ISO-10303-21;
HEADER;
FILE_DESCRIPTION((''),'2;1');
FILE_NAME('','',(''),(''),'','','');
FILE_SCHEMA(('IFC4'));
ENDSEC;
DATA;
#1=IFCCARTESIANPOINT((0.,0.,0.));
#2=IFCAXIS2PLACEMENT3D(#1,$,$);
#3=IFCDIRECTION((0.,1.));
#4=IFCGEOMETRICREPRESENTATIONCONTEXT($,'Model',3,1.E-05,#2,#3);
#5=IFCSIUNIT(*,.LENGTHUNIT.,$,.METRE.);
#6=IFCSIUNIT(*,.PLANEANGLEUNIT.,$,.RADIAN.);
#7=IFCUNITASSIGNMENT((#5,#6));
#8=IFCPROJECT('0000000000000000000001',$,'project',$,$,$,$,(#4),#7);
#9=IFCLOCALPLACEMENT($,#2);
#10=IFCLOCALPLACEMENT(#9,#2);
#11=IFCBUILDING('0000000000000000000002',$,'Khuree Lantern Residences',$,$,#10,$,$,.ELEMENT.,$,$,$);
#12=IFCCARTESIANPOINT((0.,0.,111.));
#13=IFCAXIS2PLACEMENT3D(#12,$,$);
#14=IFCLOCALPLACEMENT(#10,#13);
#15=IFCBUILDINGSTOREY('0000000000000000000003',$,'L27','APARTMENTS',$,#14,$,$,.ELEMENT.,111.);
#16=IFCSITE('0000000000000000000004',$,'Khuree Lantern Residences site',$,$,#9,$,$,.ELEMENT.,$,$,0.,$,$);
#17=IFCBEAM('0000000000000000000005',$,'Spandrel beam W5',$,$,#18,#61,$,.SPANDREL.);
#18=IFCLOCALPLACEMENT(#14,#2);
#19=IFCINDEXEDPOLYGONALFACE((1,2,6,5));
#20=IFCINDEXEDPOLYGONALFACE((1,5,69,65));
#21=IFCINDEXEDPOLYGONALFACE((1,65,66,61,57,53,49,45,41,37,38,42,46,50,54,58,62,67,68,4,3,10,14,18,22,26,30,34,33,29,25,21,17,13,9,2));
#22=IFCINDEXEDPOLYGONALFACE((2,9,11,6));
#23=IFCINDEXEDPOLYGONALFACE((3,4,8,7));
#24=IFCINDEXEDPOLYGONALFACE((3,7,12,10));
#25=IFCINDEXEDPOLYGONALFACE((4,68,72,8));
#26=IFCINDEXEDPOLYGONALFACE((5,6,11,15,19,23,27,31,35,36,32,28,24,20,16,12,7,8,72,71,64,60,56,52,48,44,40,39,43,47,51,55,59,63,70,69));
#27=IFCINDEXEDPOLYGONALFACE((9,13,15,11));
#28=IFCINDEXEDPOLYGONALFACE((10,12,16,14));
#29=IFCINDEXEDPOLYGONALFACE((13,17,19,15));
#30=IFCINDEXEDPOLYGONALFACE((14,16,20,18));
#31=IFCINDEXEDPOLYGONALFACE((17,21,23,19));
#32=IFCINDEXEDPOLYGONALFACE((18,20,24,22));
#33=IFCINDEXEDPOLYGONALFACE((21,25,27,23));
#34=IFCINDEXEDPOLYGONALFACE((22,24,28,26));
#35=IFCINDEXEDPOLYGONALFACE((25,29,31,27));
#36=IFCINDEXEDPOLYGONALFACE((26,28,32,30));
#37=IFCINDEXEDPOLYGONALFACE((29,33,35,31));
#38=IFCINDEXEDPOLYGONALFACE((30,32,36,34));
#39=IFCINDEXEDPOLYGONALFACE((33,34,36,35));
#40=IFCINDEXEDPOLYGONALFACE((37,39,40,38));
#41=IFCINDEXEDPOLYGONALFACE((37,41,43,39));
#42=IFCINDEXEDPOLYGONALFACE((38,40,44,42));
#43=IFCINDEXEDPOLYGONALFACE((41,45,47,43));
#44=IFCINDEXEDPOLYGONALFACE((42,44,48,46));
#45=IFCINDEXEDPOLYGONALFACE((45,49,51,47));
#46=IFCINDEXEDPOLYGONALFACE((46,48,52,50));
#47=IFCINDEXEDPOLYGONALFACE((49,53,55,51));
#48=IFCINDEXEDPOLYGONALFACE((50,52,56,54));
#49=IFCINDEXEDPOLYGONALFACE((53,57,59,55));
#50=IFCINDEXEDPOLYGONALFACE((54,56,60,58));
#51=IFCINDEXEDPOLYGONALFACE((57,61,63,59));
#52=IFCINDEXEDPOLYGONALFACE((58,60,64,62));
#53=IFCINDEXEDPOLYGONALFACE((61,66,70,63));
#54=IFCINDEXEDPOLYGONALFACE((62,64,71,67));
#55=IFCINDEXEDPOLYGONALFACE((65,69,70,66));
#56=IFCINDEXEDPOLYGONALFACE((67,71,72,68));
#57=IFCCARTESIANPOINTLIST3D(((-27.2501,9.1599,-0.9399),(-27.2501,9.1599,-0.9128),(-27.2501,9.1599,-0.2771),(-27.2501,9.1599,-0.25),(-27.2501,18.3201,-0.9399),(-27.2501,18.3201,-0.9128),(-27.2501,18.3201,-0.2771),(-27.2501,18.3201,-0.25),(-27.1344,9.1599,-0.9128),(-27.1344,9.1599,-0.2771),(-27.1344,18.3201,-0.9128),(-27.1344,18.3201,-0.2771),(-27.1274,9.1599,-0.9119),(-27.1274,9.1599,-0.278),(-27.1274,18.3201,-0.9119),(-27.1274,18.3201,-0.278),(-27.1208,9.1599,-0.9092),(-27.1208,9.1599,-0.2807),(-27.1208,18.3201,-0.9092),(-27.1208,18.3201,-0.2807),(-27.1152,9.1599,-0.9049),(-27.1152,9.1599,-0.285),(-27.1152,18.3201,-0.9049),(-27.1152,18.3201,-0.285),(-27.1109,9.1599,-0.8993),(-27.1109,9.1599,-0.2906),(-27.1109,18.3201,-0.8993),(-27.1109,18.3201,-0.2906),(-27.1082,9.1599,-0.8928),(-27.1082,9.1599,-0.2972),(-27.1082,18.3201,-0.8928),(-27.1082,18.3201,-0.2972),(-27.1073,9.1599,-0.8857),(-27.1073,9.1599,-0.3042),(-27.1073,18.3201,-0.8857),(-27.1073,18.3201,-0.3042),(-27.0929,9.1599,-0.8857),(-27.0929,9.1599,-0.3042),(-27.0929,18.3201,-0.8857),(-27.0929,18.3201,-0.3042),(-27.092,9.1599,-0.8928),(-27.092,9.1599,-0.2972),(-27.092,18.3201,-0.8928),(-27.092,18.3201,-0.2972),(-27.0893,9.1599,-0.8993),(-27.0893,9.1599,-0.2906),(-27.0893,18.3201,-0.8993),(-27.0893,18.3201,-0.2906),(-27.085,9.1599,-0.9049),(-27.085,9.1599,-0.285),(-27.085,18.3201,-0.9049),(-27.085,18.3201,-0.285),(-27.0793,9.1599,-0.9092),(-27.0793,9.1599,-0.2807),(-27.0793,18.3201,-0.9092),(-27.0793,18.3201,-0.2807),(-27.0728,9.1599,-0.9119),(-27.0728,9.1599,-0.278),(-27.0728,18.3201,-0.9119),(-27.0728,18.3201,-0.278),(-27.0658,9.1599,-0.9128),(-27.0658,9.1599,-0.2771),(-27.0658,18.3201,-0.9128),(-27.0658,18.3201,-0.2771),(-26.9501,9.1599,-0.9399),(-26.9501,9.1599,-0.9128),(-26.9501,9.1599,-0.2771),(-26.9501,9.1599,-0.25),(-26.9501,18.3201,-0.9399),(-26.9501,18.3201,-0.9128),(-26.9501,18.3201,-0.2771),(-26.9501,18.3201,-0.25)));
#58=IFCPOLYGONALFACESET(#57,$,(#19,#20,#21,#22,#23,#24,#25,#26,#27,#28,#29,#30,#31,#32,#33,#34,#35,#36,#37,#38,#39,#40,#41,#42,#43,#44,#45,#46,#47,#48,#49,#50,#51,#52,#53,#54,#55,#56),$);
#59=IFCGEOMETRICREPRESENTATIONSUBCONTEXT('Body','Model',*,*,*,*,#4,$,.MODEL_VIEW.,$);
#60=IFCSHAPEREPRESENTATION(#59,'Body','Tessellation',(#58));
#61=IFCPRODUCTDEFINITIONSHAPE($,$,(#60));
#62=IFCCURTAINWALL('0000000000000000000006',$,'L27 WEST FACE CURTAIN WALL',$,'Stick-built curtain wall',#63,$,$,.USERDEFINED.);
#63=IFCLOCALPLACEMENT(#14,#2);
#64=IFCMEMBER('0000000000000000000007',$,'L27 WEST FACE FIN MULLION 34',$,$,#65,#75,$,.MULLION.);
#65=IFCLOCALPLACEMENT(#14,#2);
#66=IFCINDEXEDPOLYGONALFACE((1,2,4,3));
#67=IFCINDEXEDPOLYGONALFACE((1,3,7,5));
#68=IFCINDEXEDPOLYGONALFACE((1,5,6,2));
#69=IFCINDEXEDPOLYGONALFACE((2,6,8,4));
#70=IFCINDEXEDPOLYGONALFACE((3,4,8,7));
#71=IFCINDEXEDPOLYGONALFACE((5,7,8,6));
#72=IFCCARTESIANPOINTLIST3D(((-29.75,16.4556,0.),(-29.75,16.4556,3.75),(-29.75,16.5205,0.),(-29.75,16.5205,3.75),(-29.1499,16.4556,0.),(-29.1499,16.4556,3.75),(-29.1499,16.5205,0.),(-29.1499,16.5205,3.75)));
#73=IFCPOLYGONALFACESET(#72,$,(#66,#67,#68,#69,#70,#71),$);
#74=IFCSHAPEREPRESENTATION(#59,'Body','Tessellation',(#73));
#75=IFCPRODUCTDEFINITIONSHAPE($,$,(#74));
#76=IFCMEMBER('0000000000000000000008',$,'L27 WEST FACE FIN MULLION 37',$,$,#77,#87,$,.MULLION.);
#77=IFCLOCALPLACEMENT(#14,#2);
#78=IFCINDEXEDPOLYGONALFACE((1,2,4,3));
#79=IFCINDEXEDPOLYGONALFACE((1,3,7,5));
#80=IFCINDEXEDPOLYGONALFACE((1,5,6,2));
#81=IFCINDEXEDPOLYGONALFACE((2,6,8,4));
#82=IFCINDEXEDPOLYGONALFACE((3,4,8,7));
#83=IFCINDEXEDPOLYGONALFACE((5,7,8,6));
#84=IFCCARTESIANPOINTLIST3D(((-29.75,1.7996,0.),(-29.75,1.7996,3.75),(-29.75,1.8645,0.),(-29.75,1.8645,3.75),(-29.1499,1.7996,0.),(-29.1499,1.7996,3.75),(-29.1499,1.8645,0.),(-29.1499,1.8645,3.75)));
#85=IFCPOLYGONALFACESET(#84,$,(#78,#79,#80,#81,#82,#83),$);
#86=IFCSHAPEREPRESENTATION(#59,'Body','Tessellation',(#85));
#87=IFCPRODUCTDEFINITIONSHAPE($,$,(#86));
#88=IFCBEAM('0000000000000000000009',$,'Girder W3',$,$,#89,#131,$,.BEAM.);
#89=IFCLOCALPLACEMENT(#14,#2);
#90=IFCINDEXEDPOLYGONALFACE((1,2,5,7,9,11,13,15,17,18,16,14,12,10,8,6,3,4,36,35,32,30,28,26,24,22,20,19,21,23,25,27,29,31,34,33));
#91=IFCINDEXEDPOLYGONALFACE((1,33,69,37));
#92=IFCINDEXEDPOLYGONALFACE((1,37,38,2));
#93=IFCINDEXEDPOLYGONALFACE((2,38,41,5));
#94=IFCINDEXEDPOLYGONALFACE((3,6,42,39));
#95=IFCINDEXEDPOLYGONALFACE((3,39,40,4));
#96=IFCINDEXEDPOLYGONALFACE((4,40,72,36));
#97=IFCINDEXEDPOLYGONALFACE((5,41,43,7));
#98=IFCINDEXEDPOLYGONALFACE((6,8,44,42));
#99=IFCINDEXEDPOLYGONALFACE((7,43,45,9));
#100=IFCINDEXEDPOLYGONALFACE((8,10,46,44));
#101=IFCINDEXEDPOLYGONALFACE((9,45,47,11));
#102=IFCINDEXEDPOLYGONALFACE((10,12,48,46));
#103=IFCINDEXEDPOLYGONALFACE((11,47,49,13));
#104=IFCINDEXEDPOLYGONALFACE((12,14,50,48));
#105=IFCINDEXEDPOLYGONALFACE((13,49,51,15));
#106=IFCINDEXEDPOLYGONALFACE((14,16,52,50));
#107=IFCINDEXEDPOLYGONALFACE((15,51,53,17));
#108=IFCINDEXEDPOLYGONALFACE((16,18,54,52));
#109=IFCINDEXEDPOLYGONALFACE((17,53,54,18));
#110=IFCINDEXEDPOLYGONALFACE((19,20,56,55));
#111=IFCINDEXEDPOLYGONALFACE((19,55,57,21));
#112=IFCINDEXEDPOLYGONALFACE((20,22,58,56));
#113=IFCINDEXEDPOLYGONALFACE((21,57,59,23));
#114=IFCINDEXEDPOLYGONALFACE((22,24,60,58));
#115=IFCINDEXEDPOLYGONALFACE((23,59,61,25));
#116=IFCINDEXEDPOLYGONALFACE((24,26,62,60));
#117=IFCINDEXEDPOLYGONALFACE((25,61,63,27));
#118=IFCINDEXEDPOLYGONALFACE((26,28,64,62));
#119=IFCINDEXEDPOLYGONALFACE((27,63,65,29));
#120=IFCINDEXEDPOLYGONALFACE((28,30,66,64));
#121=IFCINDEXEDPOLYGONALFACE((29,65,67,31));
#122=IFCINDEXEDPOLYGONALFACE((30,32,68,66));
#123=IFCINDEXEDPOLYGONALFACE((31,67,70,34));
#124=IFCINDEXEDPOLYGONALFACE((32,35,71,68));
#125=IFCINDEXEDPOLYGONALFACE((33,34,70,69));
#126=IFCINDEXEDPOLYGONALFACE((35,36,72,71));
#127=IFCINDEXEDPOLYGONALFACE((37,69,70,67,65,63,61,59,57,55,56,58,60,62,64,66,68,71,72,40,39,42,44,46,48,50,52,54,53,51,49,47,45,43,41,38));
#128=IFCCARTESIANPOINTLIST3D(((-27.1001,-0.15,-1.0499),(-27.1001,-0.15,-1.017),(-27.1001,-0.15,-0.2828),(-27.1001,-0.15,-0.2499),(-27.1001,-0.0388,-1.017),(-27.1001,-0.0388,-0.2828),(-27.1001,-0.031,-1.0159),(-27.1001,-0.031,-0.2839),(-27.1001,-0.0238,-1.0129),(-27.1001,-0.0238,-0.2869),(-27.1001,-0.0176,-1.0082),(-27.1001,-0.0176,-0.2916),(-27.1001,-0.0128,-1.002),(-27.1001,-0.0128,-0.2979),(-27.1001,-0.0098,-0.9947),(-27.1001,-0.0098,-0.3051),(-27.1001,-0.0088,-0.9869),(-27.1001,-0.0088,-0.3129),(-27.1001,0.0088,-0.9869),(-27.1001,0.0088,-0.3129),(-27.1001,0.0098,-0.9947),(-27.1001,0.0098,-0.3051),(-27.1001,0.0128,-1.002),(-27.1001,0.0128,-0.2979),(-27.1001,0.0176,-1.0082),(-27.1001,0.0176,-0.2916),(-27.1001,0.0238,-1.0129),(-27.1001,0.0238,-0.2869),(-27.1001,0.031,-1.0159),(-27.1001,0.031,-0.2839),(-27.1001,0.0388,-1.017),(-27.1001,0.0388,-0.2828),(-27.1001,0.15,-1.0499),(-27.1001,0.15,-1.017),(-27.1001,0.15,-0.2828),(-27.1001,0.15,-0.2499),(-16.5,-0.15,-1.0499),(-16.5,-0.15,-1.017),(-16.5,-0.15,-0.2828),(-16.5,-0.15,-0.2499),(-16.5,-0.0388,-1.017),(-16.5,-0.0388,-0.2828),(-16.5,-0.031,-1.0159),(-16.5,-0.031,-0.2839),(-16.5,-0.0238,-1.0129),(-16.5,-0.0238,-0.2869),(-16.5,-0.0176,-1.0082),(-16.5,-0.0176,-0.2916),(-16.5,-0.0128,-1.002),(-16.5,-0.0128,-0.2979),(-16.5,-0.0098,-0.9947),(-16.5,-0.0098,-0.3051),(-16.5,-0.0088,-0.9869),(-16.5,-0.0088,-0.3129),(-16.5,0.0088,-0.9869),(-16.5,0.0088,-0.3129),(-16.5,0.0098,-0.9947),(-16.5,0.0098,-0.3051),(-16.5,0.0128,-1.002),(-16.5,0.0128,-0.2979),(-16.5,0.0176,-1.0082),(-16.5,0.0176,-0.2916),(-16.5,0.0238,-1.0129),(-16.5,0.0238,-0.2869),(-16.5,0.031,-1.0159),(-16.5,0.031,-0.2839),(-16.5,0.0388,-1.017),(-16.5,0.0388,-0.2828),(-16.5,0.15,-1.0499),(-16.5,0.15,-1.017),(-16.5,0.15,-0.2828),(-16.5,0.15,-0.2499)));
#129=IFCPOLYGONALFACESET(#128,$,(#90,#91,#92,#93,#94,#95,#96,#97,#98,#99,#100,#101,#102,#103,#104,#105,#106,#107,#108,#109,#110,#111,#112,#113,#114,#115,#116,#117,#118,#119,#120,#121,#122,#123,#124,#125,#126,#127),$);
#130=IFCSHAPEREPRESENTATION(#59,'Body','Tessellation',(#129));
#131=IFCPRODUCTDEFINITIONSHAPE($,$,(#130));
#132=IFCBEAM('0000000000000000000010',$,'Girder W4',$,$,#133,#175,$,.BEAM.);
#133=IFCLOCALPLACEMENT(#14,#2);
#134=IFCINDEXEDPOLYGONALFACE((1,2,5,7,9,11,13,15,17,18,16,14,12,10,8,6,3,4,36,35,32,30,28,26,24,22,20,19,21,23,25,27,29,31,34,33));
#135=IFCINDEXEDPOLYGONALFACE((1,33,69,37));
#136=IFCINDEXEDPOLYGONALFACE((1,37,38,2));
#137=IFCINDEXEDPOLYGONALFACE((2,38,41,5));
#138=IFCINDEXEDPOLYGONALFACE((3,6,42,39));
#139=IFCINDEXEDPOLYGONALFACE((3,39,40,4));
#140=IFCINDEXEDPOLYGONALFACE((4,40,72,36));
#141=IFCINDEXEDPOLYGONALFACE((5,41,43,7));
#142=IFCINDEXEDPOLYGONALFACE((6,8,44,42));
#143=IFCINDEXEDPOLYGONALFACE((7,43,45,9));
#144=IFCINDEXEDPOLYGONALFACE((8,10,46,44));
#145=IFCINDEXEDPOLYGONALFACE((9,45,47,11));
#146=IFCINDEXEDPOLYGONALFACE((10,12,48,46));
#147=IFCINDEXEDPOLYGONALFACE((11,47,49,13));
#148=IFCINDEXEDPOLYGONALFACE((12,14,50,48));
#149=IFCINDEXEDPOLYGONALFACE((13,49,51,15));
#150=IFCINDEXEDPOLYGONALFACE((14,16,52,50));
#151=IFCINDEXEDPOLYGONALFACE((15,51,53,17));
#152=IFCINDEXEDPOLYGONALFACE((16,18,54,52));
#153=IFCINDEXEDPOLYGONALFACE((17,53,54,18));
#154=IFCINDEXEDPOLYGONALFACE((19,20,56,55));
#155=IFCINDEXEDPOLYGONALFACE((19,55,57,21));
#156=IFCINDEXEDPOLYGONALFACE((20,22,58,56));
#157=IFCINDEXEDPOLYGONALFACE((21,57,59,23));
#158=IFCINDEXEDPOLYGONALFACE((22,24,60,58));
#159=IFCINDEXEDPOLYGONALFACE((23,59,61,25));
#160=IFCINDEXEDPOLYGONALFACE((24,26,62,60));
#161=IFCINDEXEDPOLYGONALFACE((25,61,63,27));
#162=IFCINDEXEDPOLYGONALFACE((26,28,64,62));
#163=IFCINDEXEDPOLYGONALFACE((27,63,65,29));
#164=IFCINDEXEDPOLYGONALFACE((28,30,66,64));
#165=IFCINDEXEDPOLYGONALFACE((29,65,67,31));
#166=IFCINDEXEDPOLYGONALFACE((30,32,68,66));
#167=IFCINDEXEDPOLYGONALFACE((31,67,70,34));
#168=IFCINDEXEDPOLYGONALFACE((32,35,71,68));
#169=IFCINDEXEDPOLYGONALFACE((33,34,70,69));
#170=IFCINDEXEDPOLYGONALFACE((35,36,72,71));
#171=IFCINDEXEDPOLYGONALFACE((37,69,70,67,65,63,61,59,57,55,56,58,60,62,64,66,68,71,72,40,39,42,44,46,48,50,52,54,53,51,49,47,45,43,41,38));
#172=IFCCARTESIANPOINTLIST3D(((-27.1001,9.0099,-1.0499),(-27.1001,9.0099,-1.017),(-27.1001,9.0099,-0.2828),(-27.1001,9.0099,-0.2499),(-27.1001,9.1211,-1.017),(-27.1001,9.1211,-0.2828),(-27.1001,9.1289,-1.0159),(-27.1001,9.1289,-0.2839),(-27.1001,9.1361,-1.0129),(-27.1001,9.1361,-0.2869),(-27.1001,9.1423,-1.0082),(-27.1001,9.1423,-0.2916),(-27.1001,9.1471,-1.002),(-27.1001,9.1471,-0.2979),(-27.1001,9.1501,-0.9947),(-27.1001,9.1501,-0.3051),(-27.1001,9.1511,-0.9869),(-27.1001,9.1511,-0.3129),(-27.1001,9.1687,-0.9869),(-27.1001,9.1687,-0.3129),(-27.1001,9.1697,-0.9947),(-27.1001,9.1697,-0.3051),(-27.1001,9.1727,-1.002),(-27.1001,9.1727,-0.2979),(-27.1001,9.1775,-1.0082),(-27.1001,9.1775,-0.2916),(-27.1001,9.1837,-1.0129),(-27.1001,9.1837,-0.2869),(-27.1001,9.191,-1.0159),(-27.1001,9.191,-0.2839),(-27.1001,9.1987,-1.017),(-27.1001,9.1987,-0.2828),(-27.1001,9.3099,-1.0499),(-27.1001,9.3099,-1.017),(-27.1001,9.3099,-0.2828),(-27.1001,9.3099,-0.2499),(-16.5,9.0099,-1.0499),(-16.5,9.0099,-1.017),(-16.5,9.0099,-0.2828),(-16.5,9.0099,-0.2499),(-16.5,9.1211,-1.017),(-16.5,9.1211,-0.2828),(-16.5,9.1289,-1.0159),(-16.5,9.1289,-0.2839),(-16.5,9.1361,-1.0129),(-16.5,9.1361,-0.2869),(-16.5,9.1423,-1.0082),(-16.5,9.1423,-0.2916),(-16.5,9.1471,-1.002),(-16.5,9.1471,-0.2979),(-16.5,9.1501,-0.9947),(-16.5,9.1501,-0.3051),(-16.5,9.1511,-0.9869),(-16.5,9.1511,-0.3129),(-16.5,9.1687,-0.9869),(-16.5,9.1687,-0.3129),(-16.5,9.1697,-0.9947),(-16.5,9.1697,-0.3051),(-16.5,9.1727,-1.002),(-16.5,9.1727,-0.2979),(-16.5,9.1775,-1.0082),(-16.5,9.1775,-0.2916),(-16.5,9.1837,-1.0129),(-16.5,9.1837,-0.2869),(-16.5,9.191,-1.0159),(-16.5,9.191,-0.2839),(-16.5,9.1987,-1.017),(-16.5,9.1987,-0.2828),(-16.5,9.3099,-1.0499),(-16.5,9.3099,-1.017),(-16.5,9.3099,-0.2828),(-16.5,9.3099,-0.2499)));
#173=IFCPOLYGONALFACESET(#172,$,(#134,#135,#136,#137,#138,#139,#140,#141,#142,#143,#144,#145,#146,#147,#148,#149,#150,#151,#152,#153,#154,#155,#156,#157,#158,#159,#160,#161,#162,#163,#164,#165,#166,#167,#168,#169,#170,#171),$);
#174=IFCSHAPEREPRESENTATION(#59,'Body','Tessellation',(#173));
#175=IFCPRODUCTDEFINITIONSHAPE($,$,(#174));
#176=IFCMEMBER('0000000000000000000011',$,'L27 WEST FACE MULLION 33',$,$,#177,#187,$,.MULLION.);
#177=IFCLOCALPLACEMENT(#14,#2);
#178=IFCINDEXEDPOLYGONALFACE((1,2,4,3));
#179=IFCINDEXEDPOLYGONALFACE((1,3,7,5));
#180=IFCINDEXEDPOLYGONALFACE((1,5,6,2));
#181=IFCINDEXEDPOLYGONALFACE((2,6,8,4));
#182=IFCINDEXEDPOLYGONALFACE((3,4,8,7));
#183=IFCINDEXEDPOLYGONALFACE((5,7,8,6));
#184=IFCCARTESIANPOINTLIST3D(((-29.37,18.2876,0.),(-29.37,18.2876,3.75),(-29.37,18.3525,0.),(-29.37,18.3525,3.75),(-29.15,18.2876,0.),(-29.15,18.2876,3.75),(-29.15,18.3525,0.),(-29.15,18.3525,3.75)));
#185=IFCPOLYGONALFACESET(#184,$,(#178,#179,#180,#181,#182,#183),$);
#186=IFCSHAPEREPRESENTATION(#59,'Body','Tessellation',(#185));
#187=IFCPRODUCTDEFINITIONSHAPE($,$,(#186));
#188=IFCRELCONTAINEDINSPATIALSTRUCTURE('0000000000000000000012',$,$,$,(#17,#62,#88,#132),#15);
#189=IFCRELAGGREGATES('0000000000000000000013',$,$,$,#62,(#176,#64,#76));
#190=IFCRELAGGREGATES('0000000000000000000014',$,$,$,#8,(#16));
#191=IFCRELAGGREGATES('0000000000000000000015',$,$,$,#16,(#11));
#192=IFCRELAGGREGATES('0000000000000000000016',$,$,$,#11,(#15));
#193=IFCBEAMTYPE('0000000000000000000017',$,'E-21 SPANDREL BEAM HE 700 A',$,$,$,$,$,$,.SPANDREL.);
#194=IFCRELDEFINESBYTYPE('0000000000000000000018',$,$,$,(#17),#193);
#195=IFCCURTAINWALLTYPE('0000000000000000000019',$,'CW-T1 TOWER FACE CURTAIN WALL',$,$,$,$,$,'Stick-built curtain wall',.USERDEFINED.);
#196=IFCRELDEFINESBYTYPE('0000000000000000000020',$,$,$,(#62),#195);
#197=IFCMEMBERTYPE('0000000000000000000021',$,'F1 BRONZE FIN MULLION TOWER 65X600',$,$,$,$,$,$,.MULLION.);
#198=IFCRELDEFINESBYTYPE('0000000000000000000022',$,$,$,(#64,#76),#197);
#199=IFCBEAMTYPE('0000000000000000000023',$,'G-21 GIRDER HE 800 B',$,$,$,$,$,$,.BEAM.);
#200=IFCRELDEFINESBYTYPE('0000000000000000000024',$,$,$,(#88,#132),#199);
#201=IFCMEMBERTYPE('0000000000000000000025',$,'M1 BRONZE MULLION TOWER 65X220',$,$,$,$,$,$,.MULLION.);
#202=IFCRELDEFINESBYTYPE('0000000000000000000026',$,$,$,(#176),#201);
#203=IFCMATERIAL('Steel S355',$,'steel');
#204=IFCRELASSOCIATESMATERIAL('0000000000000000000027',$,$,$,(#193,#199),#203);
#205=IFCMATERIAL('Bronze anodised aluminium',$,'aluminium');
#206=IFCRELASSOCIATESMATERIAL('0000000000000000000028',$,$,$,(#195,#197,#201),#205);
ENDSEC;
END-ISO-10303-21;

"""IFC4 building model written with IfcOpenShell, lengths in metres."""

from ifc_helpers import new_model, si_unit, direction, frame, origin, origin_2d, place, context, subcontext, project, spatial, rectangle, i_section, extrude, material, material_profile, profile_set, type_object, element, aggregate, save


model = new_model("IFC4")

# Units and contexts
model_context = context("Model", 3, precision=1e-05, world=origin(), true_north=direction((0.0, 1.0)))
body_context = subcontext(model_context, "Body", "Model", "MODEL_VIEW")
ifc_project = project(units=[si_unit("LENGTHUNIT", "METRE"), si_unit("PLANEANGLEUNIT", "RADIAN")], contexts=[model_context])

# Site, building, storey
site_placement = place(None, origin())
site = spatial("IfcSite", under=ifc_project, at=site_placement, Name="Khuree Lantern Residences site", CompositionType="ELEMENT", RefElevation=0.0)
building_placement = place(site_placement, origin())
building = spatial("IfcBuilding", under=site, at=building_placement, Name="Khuree Lantern Residences", CompositionType="ELEMENT")
storey_placement = place(building_placement, frame((0.0, 0.0, 111.0)))
storey = spatial("IfcBuildingStorey", under=building, at=storey_placement, Name="L27", Description="APARTMENTS", CompositionType="ELEMENT", Elevation=111.0)

# Beam
ifc_material_1 = material(Name="Steel S355", Category="steel")
ifc_material_profile_1 = material_profile(ifc_material_1, i_section(OverallWidth=0.3, OverallDepth=0.6899, WebThickness=0.0144, FlangeThickness=0.0271, FilletRadius=0.0271, at=origin_2d()), Name="HE 700 A")
ifc_profile_set_1 = profile_set([ifc_material_profile_1], Name="Steel S355")
beam_type_1 = type_object("IfcBeamType", Name="E-21 SPANDREL BEAM HE 700 A", PredefinedType="SPANDREL", material=ifc_profile_set_1)
beam_1_placement = place(storey_placement, frame((-27.1001, 9.1599, -0.595), z_axis=(0.0, 1.0, 0.0), x_axis=(-1.0, 0.0, 0.0)))
element("IfcBeam", 1, at=beam_1_placement, inside=storey, type_object=beam_type_1, Name="Spandrel beam W5", PredefinedType="SPANDREL", context=body_context, shape_type="SweptSolid", body=[
    extrude(i_section(OverallWidth=0.3, OverallDepth=0.6899, WebThickness=0.0144, FlangeThickness=0.0271, FilletRadius=0.0271, at=origin_2d()), origin(), (0.0, 0.0, 1.0), 9.1602),
])

# Curtain wall, members
ifc_material_2 = material(Name="Bronze anodised aluminium", Category="aluminium")
curtain_wall_type = type_object("IfcCurtainWallType", Name="CW-T1 TOWER FACE CURTAIN WALL", ElementType="Stick-built curtain wall", PredefinedType="USERDEFINED", material=ifc_material_2)
curtain_wall_placement = place(storey_placement, origin())
curtain_wall = element("IfcCurtainWall", 2, at=curtain_wall_placement, inside=storey, type_object=curtain_wall_type, Name="L27 WEST FACE CURTAIN WALL", ObjectType="Stick-built curtain wall", PredefinedType="USERDEFINED")
ifc_material_profile_2 = material_profile(ifc_material_2, rectangle(XDim=0.0649, YDim=0.6001, at=origin_2d()), Name="F1 65X600")
ifc_profile_set_2 = profile_set([ifc_material_profile_2], Name="Bronze anodised aluminium")
member_type_1 = type_object("IfcMemberType", Name="F1 BRONZE FIN MULLION TOWER 65X600", PredefinedType="MULLION", material=ifc_profile_set_2)
member_1_placement = place(storey_placement, frame((-29.45, 16.488, 0.0), z_axis=(0.0, 0.0, 1.0), x_axis=(0.0, -1.0, 0.0)))
member_1 = element("IfcMember", 3, at=member_1_placement, type_object=member_type_1, Name="L27 WEST FACE FIN MULLION 34", PredefinedType="MULLION", context=body_context, shape_type="SweptSolid", body=[
    extrude(rectangle(XDim=0.0649, YDim=0.6001, at=origin_2d()), origin(), (0.0, 0.0, 1.0), 3.75),
])
member_2_placement = place(storey_placement, frame((-29.45, 1.832, 0.0), z_axis=(0.0, 0.0, 1.0), x_axis=(0.0, -1.0, 0.0)))
member_2 = element("IfcMember", 4, at=member_2_placement, type_object=member_type_1, Name="L27 WEST FACE FIN MULLION 37", PredefinedType="MULLION", context=body_context, shape_type="SweptSolid", body=[
    extrude(rectangle(XDim=0.0649, YDim=0.6001, at=origin_2d()), origin(), (0.0, 0.0, 1.0), 3.75),
])

# Beams
ifc_material_profile_3 = material_profile(ifc_material_1, i_section(OverallWidth=0.3, OverallDepth=0.8, WebThickness=0.0176, FlangeThickness=0.033, FilletRadius=0.03, at=origin_2d()), Name="HE 800 B")
ifc_profile_set_3 = profile_set([ifc_material_profile_3], Name="Steel S355")
beam_type_2 = type_object("IfcBeamType", Name="G-21 GIRDER HE 800 B", PredefinedType="BEAM", material=ifc_profile_set_3)
for number, where, z_axis, x_axis, name in (
    (5, (-27.1001, 0.0, -0.6499), (1.0, 0.0, 0.0), (0.0, 1.0, 0.0), "Girder W3"),
    (6, (-27.1001, 9.1599, -0.6499), (1.0, 0.0, 0.0), (0.0, 1.0, 0.0), "Girder W4"),
):
    element("IfcBeam", number, at=place(storey_placement, frame(where, z_axis=z_axis, x_axis=x_axis)), inside=storey, type_object=beam_type_2, Name=name, PredefinedType="BEAM", context=body_context, shape_type="SweptSolid", body=[
        extrude(i_section(OverallWidth=0.3, OverallDepth=0.8, WebThickness=0.0176, FlangeThickness=0.033, FilletRadius=0.03, at=origin_2d()), origin(), (0.0, 0.0, 1.0), 10.6001),
    ])

# Member
ifc_material_profile_4 = material_profile(ifc_material_2, rectangle(XDim=0.0649, YDim=0.22, at=origin_2d()), Name="M1 65X220")
ifc_profile_set_4 = profile_set([ifc_material_profile_4], Name="Bronze anodised aluminium")
member_type_2 = type_object("IfcMemberType", Name="M1 BRONZE MULLION TOWER 65X220", PredefinedType="MULLION", material=ifc_profile_set_4)
member_3_placement = place(storey_placement, frame((-29.26, 18.3201, 0.0), z_axis=(0.0, 0.0, 1.0), x_axis=(0.0, -1.0, 0.0)))
member_3 = element("IfcMember", 7, at=member_3_placement, type_object=member_type_2, Name="L27 WEST FACE MULLION 33", PredefinedType="MULLION", context=body_context, shape_type="SweptSolid", body=[
    extrude(rectangle(XDim=0.0649, YDim=0.22, at=origin_2d()), origin(), (0.0, 0.0, 1.0), 3.75),
])

aggregate(curtain_wall, [member_3, member_1, member_2])

save(model, "model.ifc")
